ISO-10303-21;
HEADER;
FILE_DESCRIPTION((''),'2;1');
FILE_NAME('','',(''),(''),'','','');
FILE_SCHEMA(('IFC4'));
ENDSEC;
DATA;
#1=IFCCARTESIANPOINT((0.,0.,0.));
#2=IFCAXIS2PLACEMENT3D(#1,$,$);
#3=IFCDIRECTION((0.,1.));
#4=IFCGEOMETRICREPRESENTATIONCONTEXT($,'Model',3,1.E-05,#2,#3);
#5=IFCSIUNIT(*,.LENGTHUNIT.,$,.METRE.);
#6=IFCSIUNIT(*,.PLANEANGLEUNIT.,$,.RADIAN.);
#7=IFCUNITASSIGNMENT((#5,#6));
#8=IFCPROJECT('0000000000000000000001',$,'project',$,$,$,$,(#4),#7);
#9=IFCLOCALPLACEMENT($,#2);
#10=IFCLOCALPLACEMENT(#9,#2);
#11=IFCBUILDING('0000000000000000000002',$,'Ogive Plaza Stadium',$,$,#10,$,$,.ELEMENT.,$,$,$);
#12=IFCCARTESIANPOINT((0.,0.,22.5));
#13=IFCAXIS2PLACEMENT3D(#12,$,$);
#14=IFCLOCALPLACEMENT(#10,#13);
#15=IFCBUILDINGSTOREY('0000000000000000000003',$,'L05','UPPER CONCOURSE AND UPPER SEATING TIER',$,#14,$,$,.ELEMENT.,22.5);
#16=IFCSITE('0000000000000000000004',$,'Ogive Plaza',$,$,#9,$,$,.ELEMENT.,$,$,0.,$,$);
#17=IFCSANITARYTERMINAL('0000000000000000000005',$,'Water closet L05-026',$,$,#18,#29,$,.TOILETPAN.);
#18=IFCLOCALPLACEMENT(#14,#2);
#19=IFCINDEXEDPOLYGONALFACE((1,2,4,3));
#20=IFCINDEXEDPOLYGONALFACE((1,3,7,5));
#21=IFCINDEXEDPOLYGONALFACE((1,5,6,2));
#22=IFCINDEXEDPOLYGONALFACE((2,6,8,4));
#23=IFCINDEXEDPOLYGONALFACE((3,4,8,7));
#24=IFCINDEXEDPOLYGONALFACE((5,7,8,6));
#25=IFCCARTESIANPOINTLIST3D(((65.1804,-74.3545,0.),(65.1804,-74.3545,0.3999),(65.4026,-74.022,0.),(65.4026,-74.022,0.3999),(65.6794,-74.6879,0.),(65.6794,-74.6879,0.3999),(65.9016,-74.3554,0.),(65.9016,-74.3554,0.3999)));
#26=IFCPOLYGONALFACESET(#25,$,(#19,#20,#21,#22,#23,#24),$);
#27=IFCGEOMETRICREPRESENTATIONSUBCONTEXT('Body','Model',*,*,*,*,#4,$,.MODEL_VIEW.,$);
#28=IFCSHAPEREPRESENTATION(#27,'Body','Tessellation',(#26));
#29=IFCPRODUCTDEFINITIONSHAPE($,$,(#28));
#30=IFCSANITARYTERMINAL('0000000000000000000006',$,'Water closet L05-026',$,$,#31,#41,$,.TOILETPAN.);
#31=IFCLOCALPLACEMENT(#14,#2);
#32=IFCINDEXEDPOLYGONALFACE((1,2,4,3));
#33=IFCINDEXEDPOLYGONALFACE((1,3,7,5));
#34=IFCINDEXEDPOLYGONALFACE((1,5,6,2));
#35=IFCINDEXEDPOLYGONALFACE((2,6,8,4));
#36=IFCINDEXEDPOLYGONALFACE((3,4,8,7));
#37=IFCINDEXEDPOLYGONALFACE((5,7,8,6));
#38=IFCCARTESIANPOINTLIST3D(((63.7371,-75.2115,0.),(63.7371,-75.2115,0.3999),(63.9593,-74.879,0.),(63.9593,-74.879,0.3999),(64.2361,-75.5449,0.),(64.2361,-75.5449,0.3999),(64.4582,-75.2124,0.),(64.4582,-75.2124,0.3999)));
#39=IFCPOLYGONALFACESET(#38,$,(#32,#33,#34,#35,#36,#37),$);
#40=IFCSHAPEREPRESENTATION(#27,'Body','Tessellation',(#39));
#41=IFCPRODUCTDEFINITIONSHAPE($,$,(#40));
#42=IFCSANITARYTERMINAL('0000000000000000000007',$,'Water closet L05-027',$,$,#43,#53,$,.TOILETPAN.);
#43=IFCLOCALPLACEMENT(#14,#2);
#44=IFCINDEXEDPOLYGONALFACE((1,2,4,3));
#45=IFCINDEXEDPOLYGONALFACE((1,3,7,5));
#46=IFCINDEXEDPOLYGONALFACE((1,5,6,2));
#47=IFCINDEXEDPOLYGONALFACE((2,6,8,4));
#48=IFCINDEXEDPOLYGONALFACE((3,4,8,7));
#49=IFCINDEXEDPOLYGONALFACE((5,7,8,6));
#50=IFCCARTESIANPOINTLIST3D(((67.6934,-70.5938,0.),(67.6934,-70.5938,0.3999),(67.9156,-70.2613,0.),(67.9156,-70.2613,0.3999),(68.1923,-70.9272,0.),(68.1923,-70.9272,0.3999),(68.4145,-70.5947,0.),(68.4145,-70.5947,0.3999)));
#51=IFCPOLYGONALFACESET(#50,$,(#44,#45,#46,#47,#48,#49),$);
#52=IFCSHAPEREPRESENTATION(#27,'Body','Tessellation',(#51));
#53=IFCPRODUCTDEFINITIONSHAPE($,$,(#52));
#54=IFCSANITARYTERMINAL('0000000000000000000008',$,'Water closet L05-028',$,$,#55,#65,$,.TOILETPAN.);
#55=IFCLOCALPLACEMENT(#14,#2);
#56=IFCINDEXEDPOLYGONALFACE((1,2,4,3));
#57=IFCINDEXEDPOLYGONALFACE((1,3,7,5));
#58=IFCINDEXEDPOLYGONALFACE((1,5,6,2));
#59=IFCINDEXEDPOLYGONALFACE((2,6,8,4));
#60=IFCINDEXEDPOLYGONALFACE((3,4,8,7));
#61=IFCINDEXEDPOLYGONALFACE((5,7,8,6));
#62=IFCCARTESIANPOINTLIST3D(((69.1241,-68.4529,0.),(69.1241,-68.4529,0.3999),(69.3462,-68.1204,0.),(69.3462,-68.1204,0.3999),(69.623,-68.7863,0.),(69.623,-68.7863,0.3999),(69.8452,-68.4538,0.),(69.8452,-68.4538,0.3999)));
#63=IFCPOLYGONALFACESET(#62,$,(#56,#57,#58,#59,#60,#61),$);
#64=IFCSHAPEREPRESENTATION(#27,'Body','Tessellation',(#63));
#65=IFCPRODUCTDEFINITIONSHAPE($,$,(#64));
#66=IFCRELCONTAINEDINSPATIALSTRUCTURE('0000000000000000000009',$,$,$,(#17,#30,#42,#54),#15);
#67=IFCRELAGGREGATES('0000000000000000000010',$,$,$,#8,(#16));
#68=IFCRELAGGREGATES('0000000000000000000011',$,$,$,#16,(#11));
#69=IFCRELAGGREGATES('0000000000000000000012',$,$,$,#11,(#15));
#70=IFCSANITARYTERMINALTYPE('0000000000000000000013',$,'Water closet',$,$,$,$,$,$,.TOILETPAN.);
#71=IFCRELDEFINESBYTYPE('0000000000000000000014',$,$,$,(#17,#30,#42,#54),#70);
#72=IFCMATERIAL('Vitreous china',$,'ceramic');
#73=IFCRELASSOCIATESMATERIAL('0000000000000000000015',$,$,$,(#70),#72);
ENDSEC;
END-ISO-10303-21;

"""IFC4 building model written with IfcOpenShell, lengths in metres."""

from ifc_helpers import new_model, si_unit, direction, frame, origin, origin_2d, place, context, subcontext, project, spatial, rectangle, extrude, material, type_object, element, save


model = new_model("IFC4")

# Units and contexts
model_context = context("Model", 3, precision=1e-05, world=origin(), true_north=direction((0.0, 1.0)))
body_context = subcontext(model_context, "Body", "Model", "MODEL_VIEW")
ifc_project = project(units=[si_unit("LENGTHUNIT", "METRE"), si_unit("PLANEANGLEUNIT", "RADIAN")], contexts=[model_context])

# Site, building, storey
site_placement = place(None, origin())
site = spatial("IfcSite", under=ifc_project, at=site_placement, Name="Ogive Plaza", CompositionType="ELEMENT", RefElevation=0.0)
building_placement = place(site_placement, origin())
building = spatial("IfcBuilding", under=site, at=building_placement, Name="Ogive Plaza Stadium", CompositionType="ELEMENT")
storey_placement = place(building_placement, frame((0.0, 0.0, 22.5)))
storey = spatial("IfcBuildingStorey", under=building, at=storey_placement, Name="L05", Description="UPPER CONCOURSE AND UPPER SEATING TIER", CompositionType="ELEMENT", Elevation=22.5)

# Sanitary terminals
ifc_material_1 = material(Name="Vitreous china", Category="ceramic")
sanitary_terminal_type_1 = type_object("IfcSanitaryTerminalType", Name="Water closet", PredefinedType="TOILETPAN", material=ifc_material_1)
for number, where, z_axis, x_axis, name in (
    (1, (65.541, -74.355, 0.0), (0.0, 0.0, 1.0), (0.55557, 0.83147, 0.0), "Water closet L05-026"),
    (2, (64.0977, -75.2119, 0.0), (0.0, 0.0, 1.0), (0.55557, 0.83147, 0.0), "Water closet L05-026"),
    (3, (68.054, -70.5942, 0.0), (0.0, 0.0, 1.0), (-0.55557, -0.83147, 0.0), "Water closet L05-027"),
    (4, (69.4846, -68.4534, 0.0), (0.0, 0.0, 1.0), (-0.55557, -0.83147, 0.0), "Water closet L05-028"),
):
    element("IfcSanitaryTerminal", number, at=place(storey_placement, frame(where, z_axis=z_axis, x_axis=x_axis)), inside=storey, type_object=sanitary_terminal_type_1, Name=name, PredefinedType="TOILETPAN", context=body_context, shape_type="SweptSolid", body=[
        extrude(rectangle(XDim=0.3999, YDim=0.6001, at=origin_2d()), origin(), (0.0, 0.0, 1.0), 0.3999),
    ])

save(model, "model.ifc")
